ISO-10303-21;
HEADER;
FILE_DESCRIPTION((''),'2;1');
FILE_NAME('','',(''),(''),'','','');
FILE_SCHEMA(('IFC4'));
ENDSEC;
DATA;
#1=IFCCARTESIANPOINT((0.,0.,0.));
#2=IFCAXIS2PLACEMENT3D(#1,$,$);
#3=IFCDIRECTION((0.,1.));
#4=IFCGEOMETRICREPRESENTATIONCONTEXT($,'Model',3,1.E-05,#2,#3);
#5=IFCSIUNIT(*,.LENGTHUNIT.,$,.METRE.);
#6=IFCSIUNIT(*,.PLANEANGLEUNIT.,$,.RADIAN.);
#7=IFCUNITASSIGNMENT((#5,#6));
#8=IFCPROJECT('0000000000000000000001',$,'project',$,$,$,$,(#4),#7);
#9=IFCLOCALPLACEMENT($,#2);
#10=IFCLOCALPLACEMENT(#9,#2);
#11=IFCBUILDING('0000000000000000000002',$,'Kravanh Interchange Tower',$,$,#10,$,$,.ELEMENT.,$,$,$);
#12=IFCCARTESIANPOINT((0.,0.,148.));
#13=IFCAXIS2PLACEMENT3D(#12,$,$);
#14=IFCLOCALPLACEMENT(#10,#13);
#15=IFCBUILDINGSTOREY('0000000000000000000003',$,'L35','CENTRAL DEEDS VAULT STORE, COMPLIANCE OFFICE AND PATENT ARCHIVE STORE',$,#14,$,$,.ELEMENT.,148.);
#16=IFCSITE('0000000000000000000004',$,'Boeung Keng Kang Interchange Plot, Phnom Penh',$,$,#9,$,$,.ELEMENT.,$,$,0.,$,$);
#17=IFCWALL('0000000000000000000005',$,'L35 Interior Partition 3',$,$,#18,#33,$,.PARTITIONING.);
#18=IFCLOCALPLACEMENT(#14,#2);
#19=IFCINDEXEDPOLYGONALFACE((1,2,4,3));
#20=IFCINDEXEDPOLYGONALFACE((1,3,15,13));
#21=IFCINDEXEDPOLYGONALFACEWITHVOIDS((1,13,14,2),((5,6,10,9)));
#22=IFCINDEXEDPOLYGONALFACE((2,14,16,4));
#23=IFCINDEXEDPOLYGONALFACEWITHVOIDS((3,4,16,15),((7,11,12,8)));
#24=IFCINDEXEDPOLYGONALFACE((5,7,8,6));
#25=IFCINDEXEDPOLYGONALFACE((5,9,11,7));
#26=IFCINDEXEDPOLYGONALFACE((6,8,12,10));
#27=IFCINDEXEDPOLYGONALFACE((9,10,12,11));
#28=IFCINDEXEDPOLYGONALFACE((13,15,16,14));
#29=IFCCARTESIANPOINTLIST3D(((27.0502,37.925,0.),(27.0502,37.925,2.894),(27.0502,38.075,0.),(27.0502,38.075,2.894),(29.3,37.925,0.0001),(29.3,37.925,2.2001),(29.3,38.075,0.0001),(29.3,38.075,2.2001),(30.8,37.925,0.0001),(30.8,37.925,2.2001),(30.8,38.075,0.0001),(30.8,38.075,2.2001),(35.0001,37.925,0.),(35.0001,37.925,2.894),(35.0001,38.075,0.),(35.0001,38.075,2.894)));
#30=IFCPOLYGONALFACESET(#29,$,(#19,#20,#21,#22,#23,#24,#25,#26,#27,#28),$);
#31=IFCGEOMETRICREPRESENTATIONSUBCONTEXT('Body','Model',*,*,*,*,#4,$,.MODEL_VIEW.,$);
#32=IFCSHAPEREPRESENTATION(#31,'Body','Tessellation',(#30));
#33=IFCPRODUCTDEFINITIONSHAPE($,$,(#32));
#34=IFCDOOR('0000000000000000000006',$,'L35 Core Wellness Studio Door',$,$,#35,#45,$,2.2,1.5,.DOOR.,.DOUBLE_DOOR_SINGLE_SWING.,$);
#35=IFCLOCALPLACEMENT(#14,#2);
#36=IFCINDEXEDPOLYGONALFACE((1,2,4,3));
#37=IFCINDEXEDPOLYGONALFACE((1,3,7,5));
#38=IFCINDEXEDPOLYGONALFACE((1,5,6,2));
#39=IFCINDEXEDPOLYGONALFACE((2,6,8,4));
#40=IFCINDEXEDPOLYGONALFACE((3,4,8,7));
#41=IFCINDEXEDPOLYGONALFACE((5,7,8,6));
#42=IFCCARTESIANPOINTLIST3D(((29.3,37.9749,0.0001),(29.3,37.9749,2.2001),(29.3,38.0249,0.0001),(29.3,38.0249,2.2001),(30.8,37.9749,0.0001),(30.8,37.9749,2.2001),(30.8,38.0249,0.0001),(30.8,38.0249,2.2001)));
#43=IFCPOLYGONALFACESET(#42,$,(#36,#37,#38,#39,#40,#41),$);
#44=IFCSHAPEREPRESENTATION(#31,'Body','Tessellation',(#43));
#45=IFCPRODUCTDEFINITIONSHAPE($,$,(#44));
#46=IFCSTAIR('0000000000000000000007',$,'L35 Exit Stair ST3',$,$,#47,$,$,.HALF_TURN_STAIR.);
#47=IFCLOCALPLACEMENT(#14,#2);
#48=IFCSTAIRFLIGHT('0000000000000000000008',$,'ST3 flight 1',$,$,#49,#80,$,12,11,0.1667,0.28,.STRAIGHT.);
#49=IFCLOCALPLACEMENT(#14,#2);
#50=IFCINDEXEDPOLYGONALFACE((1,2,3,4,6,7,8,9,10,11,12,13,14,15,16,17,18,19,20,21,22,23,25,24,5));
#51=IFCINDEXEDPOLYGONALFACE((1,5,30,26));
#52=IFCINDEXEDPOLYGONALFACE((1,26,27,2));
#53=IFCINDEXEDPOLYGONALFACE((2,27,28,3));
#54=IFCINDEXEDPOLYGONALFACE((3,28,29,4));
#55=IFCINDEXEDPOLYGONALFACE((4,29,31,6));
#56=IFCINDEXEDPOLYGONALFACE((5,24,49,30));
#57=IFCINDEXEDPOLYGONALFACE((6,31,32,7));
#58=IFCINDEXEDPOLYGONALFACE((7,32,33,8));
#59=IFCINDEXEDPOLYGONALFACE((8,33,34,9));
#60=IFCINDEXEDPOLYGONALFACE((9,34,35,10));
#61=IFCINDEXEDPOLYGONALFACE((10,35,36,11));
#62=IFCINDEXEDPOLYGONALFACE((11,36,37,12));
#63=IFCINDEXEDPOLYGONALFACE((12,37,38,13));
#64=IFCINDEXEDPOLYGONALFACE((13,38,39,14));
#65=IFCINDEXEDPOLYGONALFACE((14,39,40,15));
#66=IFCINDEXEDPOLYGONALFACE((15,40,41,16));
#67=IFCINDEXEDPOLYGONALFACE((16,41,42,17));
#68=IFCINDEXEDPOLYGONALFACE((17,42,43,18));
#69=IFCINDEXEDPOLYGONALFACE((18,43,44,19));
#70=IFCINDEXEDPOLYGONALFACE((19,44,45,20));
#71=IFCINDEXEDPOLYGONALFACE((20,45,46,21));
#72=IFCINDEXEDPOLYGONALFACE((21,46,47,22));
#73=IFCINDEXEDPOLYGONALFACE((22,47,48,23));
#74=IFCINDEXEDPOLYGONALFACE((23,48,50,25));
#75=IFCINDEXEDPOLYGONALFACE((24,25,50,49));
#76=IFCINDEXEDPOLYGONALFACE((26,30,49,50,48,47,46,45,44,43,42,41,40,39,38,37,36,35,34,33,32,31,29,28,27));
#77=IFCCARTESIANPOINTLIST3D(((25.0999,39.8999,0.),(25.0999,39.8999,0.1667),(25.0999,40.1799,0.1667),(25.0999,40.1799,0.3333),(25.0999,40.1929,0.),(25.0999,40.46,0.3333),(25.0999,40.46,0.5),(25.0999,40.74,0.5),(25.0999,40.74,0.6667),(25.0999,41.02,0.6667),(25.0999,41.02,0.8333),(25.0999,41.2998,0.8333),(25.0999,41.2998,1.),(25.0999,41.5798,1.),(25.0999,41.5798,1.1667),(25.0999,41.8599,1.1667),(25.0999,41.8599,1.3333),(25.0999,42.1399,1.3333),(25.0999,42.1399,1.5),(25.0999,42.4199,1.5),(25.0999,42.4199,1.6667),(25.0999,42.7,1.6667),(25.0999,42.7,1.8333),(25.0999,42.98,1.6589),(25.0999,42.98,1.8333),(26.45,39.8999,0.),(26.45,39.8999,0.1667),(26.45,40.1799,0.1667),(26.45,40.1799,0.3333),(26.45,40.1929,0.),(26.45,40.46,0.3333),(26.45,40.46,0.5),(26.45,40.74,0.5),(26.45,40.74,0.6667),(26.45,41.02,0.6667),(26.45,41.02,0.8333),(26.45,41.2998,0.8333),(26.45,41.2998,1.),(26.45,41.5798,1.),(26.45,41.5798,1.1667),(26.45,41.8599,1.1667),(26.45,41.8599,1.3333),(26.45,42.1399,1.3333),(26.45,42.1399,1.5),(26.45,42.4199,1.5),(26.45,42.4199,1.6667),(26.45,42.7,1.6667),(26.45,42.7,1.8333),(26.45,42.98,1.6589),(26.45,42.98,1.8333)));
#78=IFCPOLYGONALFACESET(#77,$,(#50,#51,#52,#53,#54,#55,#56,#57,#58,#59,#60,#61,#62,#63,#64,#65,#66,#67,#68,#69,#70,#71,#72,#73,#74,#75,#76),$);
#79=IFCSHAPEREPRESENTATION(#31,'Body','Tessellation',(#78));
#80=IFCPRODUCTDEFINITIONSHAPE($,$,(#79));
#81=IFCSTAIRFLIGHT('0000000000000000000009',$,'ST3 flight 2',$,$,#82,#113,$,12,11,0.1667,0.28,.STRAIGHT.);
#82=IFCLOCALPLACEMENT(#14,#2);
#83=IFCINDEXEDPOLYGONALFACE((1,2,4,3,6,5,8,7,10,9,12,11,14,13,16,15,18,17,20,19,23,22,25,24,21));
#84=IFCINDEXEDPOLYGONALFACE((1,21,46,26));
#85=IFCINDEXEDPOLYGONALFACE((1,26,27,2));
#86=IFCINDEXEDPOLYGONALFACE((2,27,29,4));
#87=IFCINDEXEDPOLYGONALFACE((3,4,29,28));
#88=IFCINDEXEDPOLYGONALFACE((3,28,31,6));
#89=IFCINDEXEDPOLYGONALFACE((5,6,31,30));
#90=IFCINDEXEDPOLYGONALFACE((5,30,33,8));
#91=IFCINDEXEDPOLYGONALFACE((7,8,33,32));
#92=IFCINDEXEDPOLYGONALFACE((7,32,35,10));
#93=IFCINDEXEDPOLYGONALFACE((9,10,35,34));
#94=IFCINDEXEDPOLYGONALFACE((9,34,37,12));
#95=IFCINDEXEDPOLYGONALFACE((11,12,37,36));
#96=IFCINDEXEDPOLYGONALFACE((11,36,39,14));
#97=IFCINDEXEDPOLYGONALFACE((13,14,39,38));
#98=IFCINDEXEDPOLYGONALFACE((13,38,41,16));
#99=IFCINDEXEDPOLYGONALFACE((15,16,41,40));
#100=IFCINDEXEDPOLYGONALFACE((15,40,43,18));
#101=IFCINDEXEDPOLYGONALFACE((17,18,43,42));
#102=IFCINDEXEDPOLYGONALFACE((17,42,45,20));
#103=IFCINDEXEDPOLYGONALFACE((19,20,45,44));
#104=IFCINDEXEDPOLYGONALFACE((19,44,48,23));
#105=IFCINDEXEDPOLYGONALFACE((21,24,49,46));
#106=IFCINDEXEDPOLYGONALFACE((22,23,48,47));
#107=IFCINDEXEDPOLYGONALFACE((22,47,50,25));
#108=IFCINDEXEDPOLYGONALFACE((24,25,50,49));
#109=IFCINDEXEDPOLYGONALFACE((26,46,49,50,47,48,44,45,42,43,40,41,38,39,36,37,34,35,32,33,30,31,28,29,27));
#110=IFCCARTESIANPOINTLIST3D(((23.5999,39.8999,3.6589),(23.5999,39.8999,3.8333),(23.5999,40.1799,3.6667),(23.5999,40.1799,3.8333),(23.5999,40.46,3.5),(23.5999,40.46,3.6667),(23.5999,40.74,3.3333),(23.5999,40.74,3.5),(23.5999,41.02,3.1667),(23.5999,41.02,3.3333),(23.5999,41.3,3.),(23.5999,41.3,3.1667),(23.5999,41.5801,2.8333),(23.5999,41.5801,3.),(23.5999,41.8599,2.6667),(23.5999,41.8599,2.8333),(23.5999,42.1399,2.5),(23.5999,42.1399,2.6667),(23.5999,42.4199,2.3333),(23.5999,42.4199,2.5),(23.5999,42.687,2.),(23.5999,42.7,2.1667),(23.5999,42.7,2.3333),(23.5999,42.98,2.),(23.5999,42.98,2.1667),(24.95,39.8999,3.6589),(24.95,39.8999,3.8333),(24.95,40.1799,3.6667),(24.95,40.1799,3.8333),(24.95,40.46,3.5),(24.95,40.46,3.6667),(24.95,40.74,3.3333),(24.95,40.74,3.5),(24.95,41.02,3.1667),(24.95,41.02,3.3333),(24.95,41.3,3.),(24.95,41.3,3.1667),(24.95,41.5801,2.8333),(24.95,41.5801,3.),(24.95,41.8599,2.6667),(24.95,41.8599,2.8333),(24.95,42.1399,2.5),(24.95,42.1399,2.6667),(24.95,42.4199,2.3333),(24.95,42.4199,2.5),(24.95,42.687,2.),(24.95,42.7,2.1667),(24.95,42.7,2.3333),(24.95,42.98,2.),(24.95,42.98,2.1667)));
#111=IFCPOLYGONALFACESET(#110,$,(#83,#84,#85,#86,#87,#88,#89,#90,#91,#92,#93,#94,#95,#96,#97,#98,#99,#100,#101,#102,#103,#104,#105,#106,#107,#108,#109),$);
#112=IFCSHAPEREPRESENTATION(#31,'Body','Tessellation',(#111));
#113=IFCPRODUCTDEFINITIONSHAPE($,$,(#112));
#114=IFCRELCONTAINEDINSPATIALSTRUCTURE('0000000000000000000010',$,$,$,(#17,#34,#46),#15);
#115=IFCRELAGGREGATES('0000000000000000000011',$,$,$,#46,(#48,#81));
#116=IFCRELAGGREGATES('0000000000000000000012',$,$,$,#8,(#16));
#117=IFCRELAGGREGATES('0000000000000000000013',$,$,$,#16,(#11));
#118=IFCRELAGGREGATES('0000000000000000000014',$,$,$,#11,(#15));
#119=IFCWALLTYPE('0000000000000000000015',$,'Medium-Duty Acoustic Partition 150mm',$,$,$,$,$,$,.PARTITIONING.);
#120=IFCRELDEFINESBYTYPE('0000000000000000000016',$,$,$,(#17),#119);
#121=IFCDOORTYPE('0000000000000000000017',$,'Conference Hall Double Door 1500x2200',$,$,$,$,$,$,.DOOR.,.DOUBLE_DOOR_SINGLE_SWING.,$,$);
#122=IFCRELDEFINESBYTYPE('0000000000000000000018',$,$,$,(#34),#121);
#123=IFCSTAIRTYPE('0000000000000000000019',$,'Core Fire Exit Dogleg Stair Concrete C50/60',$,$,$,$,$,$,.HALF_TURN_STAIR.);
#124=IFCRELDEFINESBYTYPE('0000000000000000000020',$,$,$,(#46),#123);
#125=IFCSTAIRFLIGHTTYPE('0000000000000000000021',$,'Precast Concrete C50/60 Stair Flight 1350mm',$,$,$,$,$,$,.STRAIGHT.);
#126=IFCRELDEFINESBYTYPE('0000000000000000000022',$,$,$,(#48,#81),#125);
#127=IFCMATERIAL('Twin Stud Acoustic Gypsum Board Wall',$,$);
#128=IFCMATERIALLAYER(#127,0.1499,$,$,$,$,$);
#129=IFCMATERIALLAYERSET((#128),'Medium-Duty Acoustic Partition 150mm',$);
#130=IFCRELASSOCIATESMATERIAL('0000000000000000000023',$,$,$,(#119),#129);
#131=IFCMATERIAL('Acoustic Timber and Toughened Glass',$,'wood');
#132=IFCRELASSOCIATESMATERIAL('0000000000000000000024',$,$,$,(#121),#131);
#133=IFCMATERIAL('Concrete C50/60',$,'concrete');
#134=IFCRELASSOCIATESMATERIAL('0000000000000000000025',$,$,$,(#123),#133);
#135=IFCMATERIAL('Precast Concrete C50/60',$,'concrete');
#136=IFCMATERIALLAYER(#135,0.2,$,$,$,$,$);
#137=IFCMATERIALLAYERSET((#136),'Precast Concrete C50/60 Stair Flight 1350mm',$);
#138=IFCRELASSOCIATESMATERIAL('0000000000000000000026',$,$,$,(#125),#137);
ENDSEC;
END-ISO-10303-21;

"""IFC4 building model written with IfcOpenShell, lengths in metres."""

from ifc_helpers import new_model, si_unit, direction, frame, frame_2d, origin, place, context, subcontext, project, spatial, polyline, rectangle, outline, extrude, material, layer, layer_set, type_object, element, fill, aggregate, save


model = new_model("IFC4")

# Units and contexts
model_context = context("Model", 3, precision=1e-05, world=origin(), true_north=direction((0.0, 1.0)))
body_context = subcontext(model_context, "Body", "Model", "MODEL_VIEW")
ifc_project = project(units=[si_unit("LENGTHUNIT", "METRE"), si_unit("PLANEANGLEUNIT", "RADIAN")], contexts=[model_context])

# Site, building, storey
site_placement = place(None, origin())
site = spatial("IfcSite", under=ifc_project, at=site_placement, Name="Boeung Keng Kang Interchange Plot, Phnom Penh", CompositionType="ELEMENT", RefElevation=0.0)
building_placement = place(site_placement, origin())
building = spatial("IfcBuilding", under=site, at=building_placement, Name="Kravanh Interchange Tower", CompositionType="ELEMENT")
storey_placement = place(building_placement, frame((0.0, 0.0, 148.0)))
storey = spatial("IfcBuildingStorey", under=building, at=storey_placement, Name="L35", Description="CENTRAL DEEDS VAULT STORE, COMPLIANCE OFFICE AND PATENT ARCHIVE STORE", CompositionType="ELEMENT", Elevation=148.0)

# Wall, opening, door
ifc_material_1 = material(Name="Twin Stud Acoustic Gypsum Board Wall")
ifc_layer_1 = layer(ifc_material_1, 0.1499)
ifc_layer_set_1 = layer_set([ifc_layer_1], Name="Medium-Duty Acoustic Partition 150mm")
wall_type_1 = type_object("IfcWallType", Name="Medium-Duty Acoustic Partition 150mm", PredefinedType="PARTITIONING", material=ifc_layer_set_1)
wall_1_placement = place(storey_placement, frame((27.05, 38.0, 0.0), z_axis=(0.0, 0.0, 1.0), x_axis=(1.0, 0.0, 0.0)))
wall_1 = element("IfcWall", 1, at=wall_1_placement, inside=storey, type_object=wall_type_1, Name="L35 Interior Partition 3", PredefinedType="PARTITIONING", context=body_context, shape_type="SweptSolid", body=[
    extrude(rectangle(XDim=7.95, YDim=0.1499, at=frame_2d((3.9751, 0.0))), origin(), (0.0, 0.0, 1.0), 2.894),
])
opening_1_placement = place(wall_1_placement, frame((2.25, 0.0, 0.0)))
opening_1 = element("IfcOpeningElement", 2, at=opening_1_placement, cuts=wall_1, PredefinedType="OPENING", context=body_context, shape_type="SweptSolid", body=[
    extrude(rectangle(XDim=1.5, YDim=2.2, at=frame_2d((0.75, 1.1001))), frame((0.0, 0.085, 0.0), z_axis=(0.0, -1.0, 0.0), x_axis=(1.0, 0.0, 0.0)), (0.0, 0.0, 1.0), 0.1699),
])
ifc_material_2 = material(Name="Acoustic Timber and Toughened Glass", Category="wood")
door_type_1 = type_object("IfcDoorType", Name="Conference Hall Double Door 1500x2200", OperationType="DOUBLE_DOOR_SINGLE_SWING", PredefinedType="DOOR", material=ifc_material_2)
door_1_placement = place(opening_1_placement, origin())
door_1 = element("IfcDoor", 3, at=door_1_placement, inside=storey, type_object=door_type_1, Name="L35 Core Wellness Studio Door", OperationType="DOUBLE_DOOR_SINGLE_SWING", OverallHeight=2.2, OverallWidth=1.5, PredefinedType="DOOR", context=body_context, shape_type="SweptSolid", body=[
    extrude(rectangle(XDim=1.5, YDim=2.2, at=frame_2d((0.75, 1.1001))), frame((0.0, 0.0249, 0.0), z_axis=(0.0, -1.0, 0.0), x_axis=(1.0, 0.0, 0.0)), (0.0, 0.0, 1.0), 0.05),
])
fill(opening_1, door_1)

# Stair, stair flights
ifc_material_3 = material(Name="Concrete C50/60", Category="concrete")
stair_type = type_object("IfcStairType", Name="Core Fire Exit Dogleg Stair Concrete C50/60", PredefinedType="HALF_TURN_STAIR", material=ifc_material_3)
stair_placement = place(storey_placement, origin())
stair = element("IfcStair", 4, at=stair_placement, inside=storey, type_object=stair_type, Name="L35 Exit Stair ST3", PredefinedType="HALF_TURN_STAIR")
ifc_material_4 = material(Name="Precast Concrete C50/60", Category="concrete")
ifc_layer_2 = layer(ifc_material_4, 0.2)
ifc_layer_set_2 = layer_set([ifc_layer_2], Name="Precast Concrete C50/60 Stair Flight 1350mm")
stair_flight_type = type_object("IfcStairFlightType", Name="Precast Concrete C50/60 Stair Flight 1350mm", PredefinedType="STRAIGHT", material=ifc_layer_set_2)
stair_flight_1_placement = place(storey_placement, frame((25.7749, 39.8999, 0.0), z_axis=(0.0, 0.0, 1.0), x_axis=(0.0, 1.0, 0.0)))
stair_flight_1 = element("IfcStairFlight", 5, at=stair_flight_1_placement, type_object=stair_flight_type, Name="ST3 flight 1", NumberOfRisers=12, NumberOfTreads=11, PredefinedType="STRAIGHT", RiserHeight=0.1667, TreadLength=0.28, context=body_context, shape_type="SweptSolid", body=[
    extrude(outline(polyline([(0.0, 0.0), (0.0, 0.1667), (0.28, 0.1667), (0.28, 0.3333), (0.5601, 0.3333), (0.5601, 0.5), (0.8401, 0.5), (0.8401, 0.6667), (1.1201, 0.6667), (1.1201, 0.8333), (1.3999, 0.8333), (1.3999, 1.0), (1.6799, 1.0), (1.6799, 1.1667), (1.96, 1.1667), (1.96, 1.3333), (2.24, 1.3333), (2.24, 1.5), (2.52, 1.5), (2.52, 1.6667), (2.8, 1.6667), (2.8, 1.8333), (3.0801, 1.8333), (3.0801, 2.0), (3.0801, 1.6589), (0.293, 0.0), (0.0, 0.0)])), frame((0.0, 0.675, 0.0), z_axis=(0.0, -1.0, 0.0), x_axis=(1.0, 0.0, 0.0)), (0.0, 0.0, 1.0), 1.3501),
])
stair_flight_2_placement = place(storey_placement, frame((24.2749, 42.98, 2.0), z_axis=(0.0, 0.0, 1.0), x_axis=(0.0, -1.0, 0.0)))
stair_flight_2 = element("IfcStairFlight", 6, at=stair_flight_2_placement, type_object=stair_flight_type, Name="ST3 flight 2", NumberOfRisers=12, NumberOfTreads=11, PredefinedType="STRAIGHT", RiserHeight=0.1667, TreadLength=0.28, context=body_context, shape_type="SweptSolid", body=[
    extrude(outline(polyline([(0.0, 0.0), (0.0, 0.1667), (0.28, 0.1667), (0.28, 0.3333), (0.5601, 0.3333), (0.5601, 0.5), (0.8401, 0.5), (0.8401, 0.6667), (1.1201, 0.6667), (1.1201, 0.8333), (1.3999, 0.8333), (1.3999, 1.0), (1.6799, 1.0), (1.6799, 1.1667), (1.96, 1.1667), (1.96, 1.3333), (2.24, 1.3333), (2.24, 1.5), (2.52, 1.5), (2.52, 1.6667), (2.8, 1.6667), (2.8, 1.8333), (3.0801, 1.8333), (3.0801, 2.0), (3.0801, 1.6589), (0.293, 0.0), (0.0, 0.0)])), frame((0.0, 0.675, 0.0), z_axis=(0.0, -1.0, 0.0), x_axis=(1.0, 0.0, 0.0)), (0.0, 0.0, 1.0), 1.3501),
])
aggregate(stair, [stair_flight_1, stair_flight_2])

save(model, "model.ifc")
